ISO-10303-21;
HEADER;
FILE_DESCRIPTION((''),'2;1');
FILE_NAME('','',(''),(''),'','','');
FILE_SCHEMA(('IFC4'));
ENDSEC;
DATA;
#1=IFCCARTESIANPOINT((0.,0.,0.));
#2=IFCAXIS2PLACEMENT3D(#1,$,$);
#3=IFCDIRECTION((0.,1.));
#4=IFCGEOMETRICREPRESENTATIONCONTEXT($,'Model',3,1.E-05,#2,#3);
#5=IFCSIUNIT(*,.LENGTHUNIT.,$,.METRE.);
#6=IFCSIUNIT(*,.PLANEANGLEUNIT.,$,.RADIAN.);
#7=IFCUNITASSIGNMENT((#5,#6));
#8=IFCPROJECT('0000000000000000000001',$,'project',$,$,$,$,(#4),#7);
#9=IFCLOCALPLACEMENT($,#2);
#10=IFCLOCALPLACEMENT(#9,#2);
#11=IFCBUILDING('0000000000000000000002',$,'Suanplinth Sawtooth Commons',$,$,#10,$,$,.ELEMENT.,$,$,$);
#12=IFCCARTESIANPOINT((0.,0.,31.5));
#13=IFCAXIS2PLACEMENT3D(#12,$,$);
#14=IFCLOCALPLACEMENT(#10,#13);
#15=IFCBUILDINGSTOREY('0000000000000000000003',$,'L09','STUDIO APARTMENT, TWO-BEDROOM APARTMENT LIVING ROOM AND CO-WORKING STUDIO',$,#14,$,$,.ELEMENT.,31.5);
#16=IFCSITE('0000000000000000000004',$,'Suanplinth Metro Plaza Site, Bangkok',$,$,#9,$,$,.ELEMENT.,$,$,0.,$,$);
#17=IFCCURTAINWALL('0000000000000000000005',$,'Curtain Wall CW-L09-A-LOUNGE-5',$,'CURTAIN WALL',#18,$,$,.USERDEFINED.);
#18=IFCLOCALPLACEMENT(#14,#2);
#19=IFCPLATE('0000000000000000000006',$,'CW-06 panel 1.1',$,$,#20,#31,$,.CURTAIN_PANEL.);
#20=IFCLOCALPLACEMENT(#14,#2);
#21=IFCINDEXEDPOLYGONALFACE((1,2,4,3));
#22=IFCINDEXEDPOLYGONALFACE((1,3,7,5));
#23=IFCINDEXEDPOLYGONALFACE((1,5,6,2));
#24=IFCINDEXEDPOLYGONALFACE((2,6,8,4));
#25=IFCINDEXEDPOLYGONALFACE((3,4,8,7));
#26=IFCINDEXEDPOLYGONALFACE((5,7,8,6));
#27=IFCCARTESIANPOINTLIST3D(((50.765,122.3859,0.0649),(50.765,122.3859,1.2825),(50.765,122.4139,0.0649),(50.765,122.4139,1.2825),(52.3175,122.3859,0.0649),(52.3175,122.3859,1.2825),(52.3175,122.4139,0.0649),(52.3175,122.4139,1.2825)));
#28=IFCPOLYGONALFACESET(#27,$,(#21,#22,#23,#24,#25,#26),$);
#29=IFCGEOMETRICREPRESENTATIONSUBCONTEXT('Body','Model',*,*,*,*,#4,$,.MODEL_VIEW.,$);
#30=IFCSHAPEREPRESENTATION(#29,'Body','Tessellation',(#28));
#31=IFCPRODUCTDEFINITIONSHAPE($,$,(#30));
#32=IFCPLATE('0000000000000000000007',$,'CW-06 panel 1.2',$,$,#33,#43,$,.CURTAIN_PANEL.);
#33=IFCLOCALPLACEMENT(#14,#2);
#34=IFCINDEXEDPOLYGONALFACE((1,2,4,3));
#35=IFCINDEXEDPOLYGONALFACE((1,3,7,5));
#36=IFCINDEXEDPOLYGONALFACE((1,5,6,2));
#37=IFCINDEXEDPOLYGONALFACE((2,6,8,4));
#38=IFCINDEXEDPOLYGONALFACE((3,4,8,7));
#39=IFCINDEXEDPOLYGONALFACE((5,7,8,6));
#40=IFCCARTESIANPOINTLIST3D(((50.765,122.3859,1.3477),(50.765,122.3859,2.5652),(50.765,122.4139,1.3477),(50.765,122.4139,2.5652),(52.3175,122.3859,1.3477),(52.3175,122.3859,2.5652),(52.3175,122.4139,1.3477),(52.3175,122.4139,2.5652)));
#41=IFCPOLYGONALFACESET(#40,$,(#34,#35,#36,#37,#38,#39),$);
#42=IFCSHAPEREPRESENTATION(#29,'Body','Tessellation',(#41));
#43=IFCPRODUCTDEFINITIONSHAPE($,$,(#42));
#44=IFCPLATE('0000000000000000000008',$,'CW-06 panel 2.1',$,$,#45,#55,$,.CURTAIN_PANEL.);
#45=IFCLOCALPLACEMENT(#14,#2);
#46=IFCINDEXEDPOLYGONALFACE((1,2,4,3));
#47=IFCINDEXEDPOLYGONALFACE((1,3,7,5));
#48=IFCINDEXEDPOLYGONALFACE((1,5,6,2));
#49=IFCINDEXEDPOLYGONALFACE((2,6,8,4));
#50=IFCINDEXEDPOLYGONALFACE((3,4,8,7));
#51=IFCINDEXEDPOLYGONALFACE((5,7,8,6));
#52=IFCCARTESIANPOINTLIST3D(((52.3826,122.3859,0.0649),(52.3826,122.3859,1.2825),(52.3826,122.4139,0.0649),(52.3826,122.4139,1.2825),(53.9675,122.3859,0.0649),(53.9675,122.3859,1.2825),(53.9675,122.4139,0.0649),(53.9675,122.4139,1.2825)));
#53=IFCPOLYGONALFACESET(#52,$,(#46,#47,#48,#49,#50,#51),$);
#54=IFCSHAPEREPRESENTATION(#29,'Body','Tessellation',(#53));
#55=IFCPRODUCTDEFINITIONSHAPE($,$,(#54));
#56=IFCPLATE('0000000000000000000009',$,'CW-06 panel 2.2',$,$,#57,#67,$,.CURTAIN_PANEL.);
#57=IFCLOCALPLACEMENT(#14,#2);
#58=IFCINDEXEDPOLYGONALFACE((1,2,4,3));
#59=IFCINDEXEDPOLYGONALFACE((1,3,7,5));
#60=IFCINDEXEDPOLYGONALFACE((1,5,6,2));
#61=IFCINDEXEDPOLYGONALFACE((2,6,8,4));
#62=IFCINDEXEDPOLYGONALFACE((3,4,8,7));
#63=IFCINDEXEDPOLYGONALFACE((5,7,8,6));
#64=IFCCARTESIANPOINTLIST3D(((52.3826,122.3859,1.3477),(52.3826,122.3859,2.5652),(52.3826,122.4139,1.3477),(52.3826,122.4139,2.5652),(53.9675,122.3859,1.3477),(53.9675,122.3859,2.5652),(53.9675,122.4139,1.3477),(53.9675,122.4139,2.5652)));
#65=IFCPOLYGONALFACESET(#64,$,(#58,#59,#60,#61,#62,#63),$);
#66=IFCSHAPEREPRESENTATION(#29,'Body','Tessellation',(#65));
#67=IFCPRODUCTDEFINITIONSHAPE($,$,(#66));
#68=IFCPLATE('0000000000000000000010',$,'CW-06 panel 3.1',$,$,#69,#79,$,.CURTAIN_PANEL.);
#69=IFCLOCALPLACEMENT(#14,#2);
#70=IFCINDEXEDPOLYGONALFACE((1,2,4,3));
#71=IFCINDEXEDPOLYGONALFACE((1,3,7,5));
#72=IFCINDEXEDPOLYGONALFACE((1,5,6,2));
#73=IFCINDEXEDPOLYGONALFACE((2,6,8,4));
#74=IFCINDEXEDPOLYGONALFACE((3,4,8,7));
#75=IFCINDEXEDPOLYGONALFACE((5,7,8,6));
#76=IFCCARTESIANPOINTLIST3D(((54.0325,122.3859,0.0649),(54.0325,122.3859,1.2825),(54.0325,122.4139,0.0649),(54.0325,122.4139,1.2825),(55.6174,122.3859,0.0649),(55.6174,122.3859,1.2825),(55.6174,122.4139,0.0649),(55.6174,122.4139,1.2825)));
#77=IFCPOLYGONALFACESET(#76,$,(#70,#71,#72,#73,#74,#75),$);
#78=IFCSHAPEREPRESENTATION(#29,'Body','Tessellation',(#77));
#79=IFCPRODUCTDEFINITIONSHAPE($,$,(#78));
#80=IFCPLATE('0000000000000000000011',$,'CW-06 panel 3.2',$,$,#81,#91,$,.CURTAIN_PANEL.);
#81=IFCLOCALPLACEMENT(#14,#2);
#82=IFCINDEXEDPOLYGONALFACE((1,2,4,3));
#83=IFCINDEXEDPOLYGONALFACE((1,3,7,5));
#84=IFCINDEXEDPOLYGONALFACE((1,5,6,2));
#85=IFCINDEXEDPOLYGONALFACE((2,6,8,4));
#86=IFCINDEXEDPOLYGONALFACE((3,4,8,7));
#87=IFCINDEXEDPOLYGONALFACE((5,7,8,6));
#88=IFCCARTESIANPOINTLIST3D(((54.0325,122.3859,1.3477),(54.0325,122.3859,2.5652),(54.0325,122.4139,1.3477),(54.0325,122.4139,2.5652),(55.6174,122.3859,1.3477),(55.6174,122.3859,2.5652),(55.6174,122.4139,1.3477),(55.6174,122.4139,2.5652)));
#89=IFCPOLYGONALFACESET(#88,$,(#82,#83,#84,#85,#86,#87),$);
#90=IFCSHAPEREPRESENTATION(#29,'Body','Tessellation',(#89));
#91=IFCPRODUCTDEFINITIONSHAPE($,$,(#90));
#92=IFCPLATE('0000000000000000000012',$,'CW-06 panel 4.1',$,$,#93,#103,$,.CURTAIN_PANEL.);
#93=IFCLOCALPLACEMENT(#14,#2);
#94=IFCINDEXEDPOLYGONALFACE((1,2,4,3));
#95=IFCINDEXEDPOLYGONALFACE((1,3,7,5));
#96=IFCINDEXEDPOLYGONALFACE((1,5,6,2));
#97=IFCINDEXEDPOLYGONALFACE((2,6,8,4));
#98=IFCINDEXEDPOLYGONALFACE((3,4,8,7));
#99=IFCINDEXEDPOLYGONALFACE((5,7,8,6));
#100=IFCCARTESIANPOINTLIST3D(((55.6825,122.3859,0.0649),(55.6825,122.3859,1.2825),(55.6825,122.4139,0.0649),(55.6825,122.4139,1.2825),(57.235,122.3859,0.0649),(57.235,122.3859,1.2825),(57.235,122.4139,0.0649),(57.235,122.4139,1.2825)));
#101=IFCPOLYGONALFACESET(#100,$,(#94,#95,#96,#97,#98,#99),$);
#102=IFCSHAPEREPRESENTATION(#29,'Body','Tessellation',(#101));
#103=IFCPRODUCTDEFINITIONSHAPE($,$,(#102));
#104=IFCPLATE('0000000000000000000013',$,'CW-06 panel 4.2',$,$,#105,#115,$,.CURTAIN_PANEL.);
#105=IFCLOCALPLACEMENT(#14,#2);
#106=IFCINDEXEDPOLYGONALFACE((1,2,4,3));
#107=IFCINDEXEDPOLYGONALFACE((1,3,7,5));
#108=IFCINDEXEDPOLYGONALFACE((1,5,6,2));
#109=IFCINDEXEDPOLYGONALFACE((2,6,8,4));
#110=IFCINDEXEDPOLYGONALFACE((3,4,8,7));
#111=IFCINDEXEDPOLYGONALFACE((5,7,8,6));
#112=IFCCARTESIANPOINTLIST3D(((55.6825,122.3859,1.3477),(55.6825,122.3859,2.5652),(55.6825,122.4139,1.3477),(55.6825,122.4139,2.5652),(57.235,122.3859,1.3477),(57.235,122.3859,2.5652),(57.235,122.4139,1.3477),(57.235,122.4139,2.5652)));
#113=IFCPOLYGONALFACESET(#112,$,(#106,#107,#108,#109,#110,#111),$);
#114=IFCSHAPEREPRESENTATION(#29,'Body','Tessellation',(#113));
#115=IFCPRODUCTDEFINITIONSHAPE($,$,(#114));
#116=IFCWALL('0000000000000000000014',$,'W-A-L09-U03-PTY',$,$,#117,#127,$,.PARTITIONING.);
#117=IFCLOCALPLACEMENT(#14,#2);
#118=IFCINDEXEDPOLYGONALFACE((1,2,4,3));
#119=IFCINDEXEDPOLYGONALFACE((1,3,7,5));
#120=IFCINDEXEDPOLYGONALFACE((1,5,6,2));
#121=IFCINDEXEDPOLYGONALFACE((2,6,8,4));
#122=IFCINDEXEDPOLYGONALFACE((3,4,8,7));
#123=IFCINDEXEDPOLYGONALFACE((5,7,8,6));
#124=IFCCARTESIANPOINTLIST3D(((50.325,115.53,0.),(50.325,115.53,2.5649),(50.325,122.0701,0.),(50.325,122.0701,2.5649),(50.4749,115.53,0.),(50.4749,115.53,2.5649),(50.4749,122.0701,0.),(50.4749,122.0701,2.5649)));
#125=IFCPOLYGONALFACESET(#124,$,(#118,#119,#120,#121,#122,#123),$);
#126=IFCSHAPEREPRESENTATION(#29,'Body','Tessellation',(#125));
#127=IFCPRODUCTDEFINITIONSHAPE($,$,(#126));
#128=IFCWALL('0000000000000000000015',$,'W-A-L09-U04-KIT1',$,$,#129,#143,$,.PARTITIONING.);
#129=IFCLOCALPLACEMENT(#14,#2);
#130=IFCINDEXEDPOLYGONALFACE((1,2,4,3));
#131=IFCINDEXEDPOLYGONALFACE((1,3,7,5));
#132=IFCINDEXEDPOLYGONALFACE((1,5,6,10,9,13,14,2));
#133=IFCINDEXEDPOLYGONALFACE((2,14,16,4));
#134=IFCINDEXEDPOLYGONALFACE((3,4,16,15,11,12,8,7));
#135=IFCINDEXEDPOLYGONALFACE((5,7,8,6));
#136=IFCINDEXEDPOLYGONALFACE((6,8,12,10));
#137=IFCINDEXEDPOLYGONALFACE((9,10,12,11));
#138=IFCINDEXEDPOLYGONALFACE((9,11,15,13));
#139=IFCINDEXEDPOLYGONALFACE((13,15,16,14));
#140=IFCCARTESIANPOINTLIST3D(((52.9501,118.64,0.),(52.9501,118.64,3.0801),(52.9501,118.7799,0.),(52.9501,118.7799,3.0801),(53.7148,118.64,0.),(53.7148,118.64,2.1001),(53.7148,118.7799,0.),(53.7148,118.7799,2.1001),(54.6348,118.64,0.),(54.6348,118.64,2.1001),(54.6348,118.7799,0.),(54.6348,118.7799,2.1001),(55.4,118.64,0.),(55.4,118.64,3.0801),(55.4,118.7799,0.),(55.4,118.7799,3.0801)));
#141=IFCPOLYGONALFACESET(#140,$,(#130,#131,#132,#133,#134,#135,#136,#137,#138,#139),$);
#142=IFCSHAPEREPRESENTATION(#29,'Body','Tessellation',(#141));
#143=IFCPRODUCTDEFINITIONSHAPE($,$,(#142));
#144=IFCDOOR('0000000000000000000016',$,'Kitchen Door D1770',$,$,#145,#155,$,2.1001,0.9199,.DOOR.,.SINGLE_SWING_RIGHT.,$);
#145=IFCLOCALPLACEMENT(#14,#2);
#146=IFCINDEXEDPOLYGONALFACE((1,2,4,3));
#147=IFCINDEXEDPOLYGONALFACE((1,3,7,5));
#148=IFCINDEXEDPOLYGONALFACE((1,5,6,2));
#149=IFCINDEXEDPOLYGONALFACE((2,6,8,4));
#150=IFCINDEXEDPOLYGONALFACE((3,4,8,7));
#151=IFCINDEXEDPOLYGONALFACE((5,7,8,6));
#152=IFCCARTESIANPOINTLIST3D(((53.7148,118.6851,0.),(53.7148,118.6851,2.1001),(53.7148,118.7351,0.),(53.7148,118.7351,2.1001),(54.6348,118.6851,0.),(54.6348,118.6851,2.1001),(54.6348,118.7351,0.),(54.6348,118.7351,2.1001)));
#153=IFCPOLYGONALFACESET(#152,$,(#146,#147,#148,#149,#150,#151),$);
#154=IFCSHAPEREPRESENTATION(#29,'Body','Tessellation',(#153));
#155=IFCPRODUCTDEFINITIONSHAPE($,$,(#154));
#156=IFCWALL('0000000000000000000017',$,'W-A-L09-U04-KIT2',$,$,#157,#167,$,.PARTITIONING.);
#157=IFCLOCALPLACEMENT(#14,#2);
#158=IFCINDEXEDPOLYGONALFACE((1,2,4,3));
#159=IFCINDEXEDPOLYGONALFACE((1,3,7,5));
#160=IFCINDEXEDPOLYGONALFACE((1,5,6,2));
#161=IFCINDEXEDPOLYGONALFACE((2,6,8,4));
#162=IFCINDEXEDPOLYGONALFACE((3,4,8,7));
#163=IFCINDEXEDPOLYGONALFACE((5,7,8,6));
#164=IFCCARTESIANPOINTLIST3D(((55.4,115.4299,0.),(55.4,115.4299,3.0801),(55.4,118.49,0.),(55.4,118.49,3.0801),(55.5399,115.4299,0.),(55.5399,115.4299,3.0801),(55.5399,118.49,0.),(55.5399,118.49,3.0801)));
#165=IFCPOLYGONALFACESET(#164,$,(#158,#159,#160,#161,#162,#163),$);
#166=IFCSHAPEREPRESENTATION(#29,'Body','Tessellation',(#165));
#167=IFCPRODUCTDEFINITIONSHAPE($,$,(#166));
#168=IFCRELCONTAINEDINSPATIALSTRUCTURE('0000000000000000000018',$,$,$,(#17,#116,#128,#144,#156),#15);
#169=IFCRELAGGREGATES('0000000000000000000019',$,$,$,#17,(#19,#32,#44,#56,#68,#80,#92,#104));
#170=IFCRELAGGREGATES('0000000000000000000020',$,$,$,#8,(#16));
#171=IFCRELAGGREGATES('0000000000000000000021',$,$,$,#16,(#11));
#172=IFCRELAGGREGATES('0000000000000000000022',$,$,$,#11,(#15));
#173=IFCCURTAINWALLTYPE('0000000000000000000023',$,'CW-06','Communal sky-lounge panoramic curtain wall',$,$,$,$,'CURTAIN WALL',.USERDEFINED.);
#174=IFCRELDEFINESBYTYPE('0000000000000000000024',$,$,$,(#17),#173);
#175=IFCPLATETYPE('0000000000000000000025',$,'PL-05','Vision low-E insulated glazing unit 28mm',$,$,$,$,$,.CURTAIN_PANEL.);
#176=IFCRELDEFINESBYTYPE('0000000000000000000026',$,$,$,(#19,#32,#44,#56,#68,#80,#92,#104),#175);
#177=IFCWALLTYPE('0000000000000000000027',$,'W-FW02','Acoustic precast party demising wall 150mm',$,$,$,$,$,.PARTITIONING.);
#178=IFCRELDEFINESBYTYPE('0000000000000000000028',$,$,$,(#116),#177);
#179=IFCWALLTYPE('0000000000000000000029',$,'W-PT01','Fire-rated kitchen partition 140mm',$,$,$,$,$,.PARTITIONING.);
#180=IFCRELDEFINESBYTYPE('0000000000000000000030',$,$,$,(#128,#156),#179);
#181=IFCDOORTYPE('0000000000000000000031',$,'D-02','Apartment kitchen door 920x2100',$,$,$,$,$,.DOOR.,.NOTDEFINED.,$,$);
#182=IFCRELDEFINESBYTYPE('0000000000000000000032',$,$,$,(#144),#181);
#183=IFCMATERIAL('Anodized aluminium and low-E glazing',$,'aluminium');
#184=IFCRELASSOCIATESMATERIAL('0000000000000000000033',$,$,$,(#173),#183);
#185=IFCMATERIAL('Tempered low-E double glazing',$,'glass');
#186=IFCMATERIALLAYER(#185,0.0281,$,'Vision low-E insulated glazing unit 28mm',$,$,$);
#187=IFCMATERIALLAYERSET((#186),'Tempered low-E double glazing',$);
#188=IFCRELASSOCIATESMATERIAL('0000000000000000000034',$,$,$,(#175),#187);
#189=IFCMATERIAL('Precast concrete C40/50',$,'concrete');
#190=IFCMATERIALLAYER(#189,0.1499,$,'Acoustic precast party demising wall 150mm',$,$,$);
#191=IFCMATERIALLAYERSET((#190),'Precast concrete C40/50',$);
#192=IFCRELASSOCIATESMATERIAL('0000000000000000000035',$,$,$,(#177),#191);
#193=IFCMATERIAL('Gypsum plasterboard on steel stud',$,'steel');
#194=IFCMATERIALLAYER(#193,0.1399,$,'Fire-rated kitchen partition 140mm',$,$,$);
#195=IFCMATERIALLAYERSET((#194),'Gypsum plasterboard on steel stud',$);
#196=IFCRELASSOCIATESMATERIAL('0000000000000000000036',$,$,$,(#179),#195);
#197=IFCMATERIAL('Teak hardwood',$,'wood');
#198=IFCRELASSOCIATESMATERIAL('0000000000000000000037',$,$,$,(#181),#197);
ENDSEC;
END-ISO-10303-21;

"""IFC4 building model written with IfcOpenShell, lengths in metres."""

from ifc_helpers import new_model, si_unit, direction, frame, frame_2d, origin, origin_2d, place, context, subcontext, project, spatial, rectangle, extrude, material, layer, layer_set, type_object, element, fill, aggregate, save


model = new_model("IFC4")

# Units and contexts
model_context = context("Model", 3, precision=1e-05, world=origin(), true_north=direction((0.0, 1.0)))
body_context = subcontext(model_context, "Body", "Model", "MODEL_VIEW")
ifc_project = project(units=[si_unit("LENGTHUNIT", "METRE"), si_unit("PLANEANGLEUNIT", "RADIAN")], contexts=[model_context])

# Site, building, storey
site_placement = place(None, origin())
site = spatial("IfcSite", under=ifc_project, at=site_placement, Name="Suanplinth Metro Plaza Site, Bangkok", CompositionType="ELEMENT", RefElevation=0.0)
building_placement = place(site_placement, origin())
building = spatial("IfcBuilding", under=site, at=building_placement, Name="Suanplinth Sawtooth Commons", CompositionType="ELEMENT")
storey_placement = place(building_placement, frame((0.0, 0.0, 31.5)))
storey = spatial("IfcBuildingStorey", under=building, at=storey_placement, Name="L09", Description="STUDIO APARTMENT, TWO-BEDROOM APARTMENT LIVING ROOM AND CO-WORKING STUDIO", CompositionType="ELEMENT", Elevation=31.5)

# Shared definitions
ifc_material_1 = material(Name="Precast concrete C40/50", Category="concrete")

# Curtain wall, plates
ifc_material_2 = material(Name="Anodized aluminium and low-E glazing", Category="aluminium")
curtain_wall_type = type_object("IfcCurtainWallType", Name="CW-06", Description="Communal sky-lounge panoramic curtain wall", ElementType="CURTAIN WALL", PredefinedType="USERDEFINED", material=ifc_material_2)
curtain_wall_placement = place(storey_placement, origin())
curtain_wall = element("IfcCurtainWall", 1, at=curtain_wall_placement, inside=storey, type_object=curtain_wall_type, Name="Curtain Wall CW-L09-A-LOUNGE-5", ObjectType="CURTAIN WALL", PredefinedType="USERDEFINED")
ifc_material_3 = material(Name="Tempered low-E double glazing", Category="glass")
ifc_layer_1 = layer(ifc_material_3, 0.0281, Name="Vision low-E insulated glazing unit 28mm")
ifc_layer_set_1 = layer_set([ifc_layer_1], Name="Tempered low-E double glazing")
plate_type = type_object("IfcPlateType", Name="PL-05", Description="Vision low-E insulated glazing unit 28mm", PredefinedType="CURTAIN_PANEL", material=ifc_layer_set_1)
plate_1_placement = place(storey_placement, frame((51.5413, 122.3999, 0.0649), z_axis=(0.0, 0.0, 1.0), x_axis=(1.0, 0.0, 0.0)))
plate_1 = element("IfcPlate", 2, at=plate_1_placement, type_object=plate_type, Name="CW-06 panel 1.1", PredefinedType="CURTAIN_PANEL", context=body_context, shape_type="SweptSolid", body=[
    extrude(rectangle(XDim=1.5525, YDim=0.0281, at=origin_2d()), origin(), (0.0, 0.0, 1.0), 1.2175),
])
plate_2_placement = place(storey_placement, frame((51.5413, 122.3999, 1.3477), z_axis=(0.0, 0.0, 1.0), x_axis=(1.0, 0.0, 0.0)))
plate_2 = element("IfcPlate", 3, at=plate_2_placement, type_object=plate_type, Name="CW-06 panel 1.2", PredefinedType="CURTAIN_PANEL", context=body_context, shape_type="SweptSolid", body=[
    extrude(rectangle(XDim=1.5525, YDim=0.0281, at=origin_2d()), origin(), (0.0, 0.0, 1.0), 1.2175),
])
plate_3_placement = place(storey_placement, frame((53.175, 122.3999, 0.0649), z_axis=(0.0, 0.0, 1.0), x_axis=(1.0, 0.0, 0.0)))
plate_3 = element("IfcPlate", 4, at=plate_3_placement, type_object=plate_type, Name="CW-06 panel 2.1", PredefinedType="CURTAIN_PANEL", context=body_context, shape_type="SweptSolid", body=[
    extrude(rectangle(XDim=1.585, YDim=0.0281, at=origin_2d()), origin(), (0.0, 0.0, 1.0), 1.2175),
])
plate_4_placement = place(storey_placement, frame((53.175, 122.3999, 1.3477), z_axis=(0.0, 0.0, 1.0), x_axis=(1.0, 0.0, 0.0)))
plate_4 = element("IfcPlate", 5, at=plate_4_placement, type_object=plate_type, Name="CW-06 panel 2.2", PredefinedType="CURTAIN_PANEL", context=body_context, shape_type="SweptSolid", body=[
    extrude(rectangle(XDim=1.585, YDim=0.0281, at=origin_2d()), origin(), (0.0, 0.0, 1.0), 1.2175),
])
plate_5_placement = place(storey_placement, frame((54.825, 122.3999, 0.0649), z_axis=(0.0, 0.0, 1.0), x_axis=(1.0, 0.0, 0.0)))
plate_5 = element("IfcPlate", 6, at=plate_5_placement, type_object=plate_type, Name="CW-06 panel 3.1", PredefinedType="CURTAIN_PANEL", context=body_context, shape_type="SweptSolid", body=[
    extrude(rectangle(XDim=1.585, YDim=0.0281, at=origin_2d()), origin(), (0.0, 0.0, 1.0), 1.2175),
])
plate_6_placement = place(storey_placement, frame((54.825, 122.3999, 1.3477), z_axis=(0.0, 0.0, 1.0), x_axis=(1.0, 0.0, 0.0)))
plate_6 = element("IfcPlate", 7, at=plate_6_placement, type_object=plate_type, Name="CW-06 panel 3.2", PredefinedType="CURTAIN_PANEL", context=body_context, shape_type="SweptSolid", body=[
    extrude(rectangle(XDim=1.585, YDim=0.0281, at=origin_2d()), origin(), (0.0, 0.0, 1.0), 1.2175),
])
plate_7_placement = place(storey_placement, frame((56.4587, 122.3999, 0.0649), z_axis=(0.0, 0.0, 1.0), x_axis=(1.0, 0.0, 0.0)))
plate_7 = element("IfcPlate", 8, at=plate_7_placement, type_object=plate_type, Name="CW-06 panel 4.1", PredefinedType="CURTAIN_PANEL", context=body_context, shape_type="SweptSolid", body=[
    extrude(rectangle(XDim=1.5525, YDim=0.0281, at=origin_2d()), origin(), (0.0, 0.0, 1.0), 1.2175),
])
plate_8_placement = place(storey_placement, frame((56.4587, 122.3999, 1.3477), z_axis=(0.0, 0.0, 1.0), x_axis=(1.0, 0.0, 0.0)))
plate_8 = element("IfcPlate", 9, at=plate_8_placement, type_object=plate_type, Name="CW-06 panel 4.2", PredefinedType="CURTAIN_PANEL", context=body_context, shape_type="SweptSolid", body=[
    extrude(rectangle(XDim=1.5525, YDim=0.0281, at=origin_2d()), origin(), (0.0, 0.0, 1.0), 1.2175),
])
aggregate(curtain_wall, [plate_1, plate_2, plate_3, plate_4, plate_5, plate_6, plate_7, plate_8])

# Wall
ifc_layer_2 = layer(ifc_material_1, 0.1499, Name="Acoustic precast party demising wall 150mm")
ifc_layer_set_2 = layer_set([ifc_layer_2], Name="Precast concrete C40/50")
wall_type_1 = type_object("IfcWallType", Name="W-FW02", Description="Acoustic precast party demising wall 150mm", PredefinedType="PARTITIONING", material=ifc_layer_set_2)
wall_1_placement = place(storey_placement, frame((50.3999, 115.53, 0.0), z_axis=(0.0, 0.0, 1.0), x_axis=(0.0, 1.0, 0.0)))
element("IfcWall", 10, at=wall_1_placement, inside=storey, type_object=wall_type_1, Name="W-A-L09-U03-PTY", PredefinedType="PARTITIONING", context=body_context, shape_type="SweptSolid", body=[
    extrude(rectangle(XDim=6.54, YDim=0.1499, at=frame_2d((3.27, 0.0))), origin(), (0.0, 0.0, 1.0), 2.5649),
])

# Wall, opening, door
ifc_material_4 = material(Name="Gypsum plasterboard on steel stud", Category="steel")
ifc_layer_3 = layer(ifc_material_4, 0.1399, Name="Fire-rated kitchen partition 140mm")
ifc_layer_set_3 = layer_set([ifc_layer_3], Name="Gypsum plasterboard on steel stud")
wall_type_2 = type_object("IfcWallType", Name="W-PT01", Description="Fire-rated kitchen partition 140mm", PredefinedType="PARTITIONING", material=ifc_layer_set_3)
wall_2_placement = place(storey_placement, frame((52.95, 118.71, 0.0), z_axis=(0.0, 0.0, 1.0), x_axis=(1.0, 0.0, 0.0)))
wall_2 = element("IfcWall", 11, at=wall_2_placement, inside=storey, type_object=wall_type_2, Name="W-A-L09-U04-KIT1", PredefinedType="PARTITIONING", context=body_context, shape_type="SweptSolid", body=[
    extrude(rectangle(XDim=2.45, YDim=0.1399, at=frame_2d((1.2251, 0.0))), origin(), (0.0, 0.0, 1.0), 3.0801),
])
opening_1_placement = place(wall_2_placement, frame((0.7649, 0.0, 0.0)))
opening_1 = element("IfcOpeningElement", 12, at=opening_1_placement, cuts=wall_2, PredefinedType="OPENING", context=body_context, shape_type="SweptSolid", body=[
    extrude(rectangle(XDim=0.9199, YDim=2.1001, at=frame_2d((0.46, 1.05))), frame((0.0, 0.085, 0.0), z_axis=(0.0, -1.0, 0.0), x_axis=(1.0, 0.0, 0.0)), (0.0, 0.0, 1.0), 0.1697),
])
ifc_material_5 = material(Name="Teak hardwood", Category="wood")
door_type_1 = type_object("IfcDoorType", Name="D-02", Description="Apartment kitchen door 920x2100", OperationType="NOTDEFINED", PredefinedType="DOOR", material=ifc_material_5)
door_1_placement = place(opening_1_placement, frame((0.9199, 0.0, 0.0), z_axis=(0.0, 0.0, 1.0), x_axis=(-1.0, 0.0, 0.0)))
door_1 = element("IfcDoor", 13, at=door_1_placement, inside=storey, type_object=door_type_1, Name="Kitchen Door D1770", OperationType="SINGLE_SWING_RIGHT", OverallHeight=2.1001, OverallWidth=0.9199, PredefinedType="DOOR", context=body_context, shape_type="SweptSolid", body=[
    extrude(rectangle(XDim=0.9199, YDim=2.1001, at=frame_2d((0.46, 1.05))), frame((0.0, 0.0249, 0.0), z_axis=(0.0, -1.0, 0.0), x_axis=(1.0, 0.0, 0.0)), (0.0, 0.0, 1.0), 0.05),
])
fill(opening_1, door_1)

# Wall
wall_3_placement = place(storey_placement, frame((55.47, 115.4299, 0.0), z_axis=(0.0, 0.0, 1.0), x_axis=(0.0, 1.0, 0.0)))
element("IfcWall", 14, at=wall_3_placement, inside=storey, type_object=wall_type_2, Name="W-A-L09-U04-KIT2", PredefinedType="PARTITIONING", context=body_context, shape_type="SweptSolid", body=[
    extrude(rectangle(XDim=3.0601, YDim=0.1399, at=frame_2d((1.53, 0.0))), origin(), (0.0, 0.0, 1.0), 3.0801),
])

save(model, "model.ifc")
